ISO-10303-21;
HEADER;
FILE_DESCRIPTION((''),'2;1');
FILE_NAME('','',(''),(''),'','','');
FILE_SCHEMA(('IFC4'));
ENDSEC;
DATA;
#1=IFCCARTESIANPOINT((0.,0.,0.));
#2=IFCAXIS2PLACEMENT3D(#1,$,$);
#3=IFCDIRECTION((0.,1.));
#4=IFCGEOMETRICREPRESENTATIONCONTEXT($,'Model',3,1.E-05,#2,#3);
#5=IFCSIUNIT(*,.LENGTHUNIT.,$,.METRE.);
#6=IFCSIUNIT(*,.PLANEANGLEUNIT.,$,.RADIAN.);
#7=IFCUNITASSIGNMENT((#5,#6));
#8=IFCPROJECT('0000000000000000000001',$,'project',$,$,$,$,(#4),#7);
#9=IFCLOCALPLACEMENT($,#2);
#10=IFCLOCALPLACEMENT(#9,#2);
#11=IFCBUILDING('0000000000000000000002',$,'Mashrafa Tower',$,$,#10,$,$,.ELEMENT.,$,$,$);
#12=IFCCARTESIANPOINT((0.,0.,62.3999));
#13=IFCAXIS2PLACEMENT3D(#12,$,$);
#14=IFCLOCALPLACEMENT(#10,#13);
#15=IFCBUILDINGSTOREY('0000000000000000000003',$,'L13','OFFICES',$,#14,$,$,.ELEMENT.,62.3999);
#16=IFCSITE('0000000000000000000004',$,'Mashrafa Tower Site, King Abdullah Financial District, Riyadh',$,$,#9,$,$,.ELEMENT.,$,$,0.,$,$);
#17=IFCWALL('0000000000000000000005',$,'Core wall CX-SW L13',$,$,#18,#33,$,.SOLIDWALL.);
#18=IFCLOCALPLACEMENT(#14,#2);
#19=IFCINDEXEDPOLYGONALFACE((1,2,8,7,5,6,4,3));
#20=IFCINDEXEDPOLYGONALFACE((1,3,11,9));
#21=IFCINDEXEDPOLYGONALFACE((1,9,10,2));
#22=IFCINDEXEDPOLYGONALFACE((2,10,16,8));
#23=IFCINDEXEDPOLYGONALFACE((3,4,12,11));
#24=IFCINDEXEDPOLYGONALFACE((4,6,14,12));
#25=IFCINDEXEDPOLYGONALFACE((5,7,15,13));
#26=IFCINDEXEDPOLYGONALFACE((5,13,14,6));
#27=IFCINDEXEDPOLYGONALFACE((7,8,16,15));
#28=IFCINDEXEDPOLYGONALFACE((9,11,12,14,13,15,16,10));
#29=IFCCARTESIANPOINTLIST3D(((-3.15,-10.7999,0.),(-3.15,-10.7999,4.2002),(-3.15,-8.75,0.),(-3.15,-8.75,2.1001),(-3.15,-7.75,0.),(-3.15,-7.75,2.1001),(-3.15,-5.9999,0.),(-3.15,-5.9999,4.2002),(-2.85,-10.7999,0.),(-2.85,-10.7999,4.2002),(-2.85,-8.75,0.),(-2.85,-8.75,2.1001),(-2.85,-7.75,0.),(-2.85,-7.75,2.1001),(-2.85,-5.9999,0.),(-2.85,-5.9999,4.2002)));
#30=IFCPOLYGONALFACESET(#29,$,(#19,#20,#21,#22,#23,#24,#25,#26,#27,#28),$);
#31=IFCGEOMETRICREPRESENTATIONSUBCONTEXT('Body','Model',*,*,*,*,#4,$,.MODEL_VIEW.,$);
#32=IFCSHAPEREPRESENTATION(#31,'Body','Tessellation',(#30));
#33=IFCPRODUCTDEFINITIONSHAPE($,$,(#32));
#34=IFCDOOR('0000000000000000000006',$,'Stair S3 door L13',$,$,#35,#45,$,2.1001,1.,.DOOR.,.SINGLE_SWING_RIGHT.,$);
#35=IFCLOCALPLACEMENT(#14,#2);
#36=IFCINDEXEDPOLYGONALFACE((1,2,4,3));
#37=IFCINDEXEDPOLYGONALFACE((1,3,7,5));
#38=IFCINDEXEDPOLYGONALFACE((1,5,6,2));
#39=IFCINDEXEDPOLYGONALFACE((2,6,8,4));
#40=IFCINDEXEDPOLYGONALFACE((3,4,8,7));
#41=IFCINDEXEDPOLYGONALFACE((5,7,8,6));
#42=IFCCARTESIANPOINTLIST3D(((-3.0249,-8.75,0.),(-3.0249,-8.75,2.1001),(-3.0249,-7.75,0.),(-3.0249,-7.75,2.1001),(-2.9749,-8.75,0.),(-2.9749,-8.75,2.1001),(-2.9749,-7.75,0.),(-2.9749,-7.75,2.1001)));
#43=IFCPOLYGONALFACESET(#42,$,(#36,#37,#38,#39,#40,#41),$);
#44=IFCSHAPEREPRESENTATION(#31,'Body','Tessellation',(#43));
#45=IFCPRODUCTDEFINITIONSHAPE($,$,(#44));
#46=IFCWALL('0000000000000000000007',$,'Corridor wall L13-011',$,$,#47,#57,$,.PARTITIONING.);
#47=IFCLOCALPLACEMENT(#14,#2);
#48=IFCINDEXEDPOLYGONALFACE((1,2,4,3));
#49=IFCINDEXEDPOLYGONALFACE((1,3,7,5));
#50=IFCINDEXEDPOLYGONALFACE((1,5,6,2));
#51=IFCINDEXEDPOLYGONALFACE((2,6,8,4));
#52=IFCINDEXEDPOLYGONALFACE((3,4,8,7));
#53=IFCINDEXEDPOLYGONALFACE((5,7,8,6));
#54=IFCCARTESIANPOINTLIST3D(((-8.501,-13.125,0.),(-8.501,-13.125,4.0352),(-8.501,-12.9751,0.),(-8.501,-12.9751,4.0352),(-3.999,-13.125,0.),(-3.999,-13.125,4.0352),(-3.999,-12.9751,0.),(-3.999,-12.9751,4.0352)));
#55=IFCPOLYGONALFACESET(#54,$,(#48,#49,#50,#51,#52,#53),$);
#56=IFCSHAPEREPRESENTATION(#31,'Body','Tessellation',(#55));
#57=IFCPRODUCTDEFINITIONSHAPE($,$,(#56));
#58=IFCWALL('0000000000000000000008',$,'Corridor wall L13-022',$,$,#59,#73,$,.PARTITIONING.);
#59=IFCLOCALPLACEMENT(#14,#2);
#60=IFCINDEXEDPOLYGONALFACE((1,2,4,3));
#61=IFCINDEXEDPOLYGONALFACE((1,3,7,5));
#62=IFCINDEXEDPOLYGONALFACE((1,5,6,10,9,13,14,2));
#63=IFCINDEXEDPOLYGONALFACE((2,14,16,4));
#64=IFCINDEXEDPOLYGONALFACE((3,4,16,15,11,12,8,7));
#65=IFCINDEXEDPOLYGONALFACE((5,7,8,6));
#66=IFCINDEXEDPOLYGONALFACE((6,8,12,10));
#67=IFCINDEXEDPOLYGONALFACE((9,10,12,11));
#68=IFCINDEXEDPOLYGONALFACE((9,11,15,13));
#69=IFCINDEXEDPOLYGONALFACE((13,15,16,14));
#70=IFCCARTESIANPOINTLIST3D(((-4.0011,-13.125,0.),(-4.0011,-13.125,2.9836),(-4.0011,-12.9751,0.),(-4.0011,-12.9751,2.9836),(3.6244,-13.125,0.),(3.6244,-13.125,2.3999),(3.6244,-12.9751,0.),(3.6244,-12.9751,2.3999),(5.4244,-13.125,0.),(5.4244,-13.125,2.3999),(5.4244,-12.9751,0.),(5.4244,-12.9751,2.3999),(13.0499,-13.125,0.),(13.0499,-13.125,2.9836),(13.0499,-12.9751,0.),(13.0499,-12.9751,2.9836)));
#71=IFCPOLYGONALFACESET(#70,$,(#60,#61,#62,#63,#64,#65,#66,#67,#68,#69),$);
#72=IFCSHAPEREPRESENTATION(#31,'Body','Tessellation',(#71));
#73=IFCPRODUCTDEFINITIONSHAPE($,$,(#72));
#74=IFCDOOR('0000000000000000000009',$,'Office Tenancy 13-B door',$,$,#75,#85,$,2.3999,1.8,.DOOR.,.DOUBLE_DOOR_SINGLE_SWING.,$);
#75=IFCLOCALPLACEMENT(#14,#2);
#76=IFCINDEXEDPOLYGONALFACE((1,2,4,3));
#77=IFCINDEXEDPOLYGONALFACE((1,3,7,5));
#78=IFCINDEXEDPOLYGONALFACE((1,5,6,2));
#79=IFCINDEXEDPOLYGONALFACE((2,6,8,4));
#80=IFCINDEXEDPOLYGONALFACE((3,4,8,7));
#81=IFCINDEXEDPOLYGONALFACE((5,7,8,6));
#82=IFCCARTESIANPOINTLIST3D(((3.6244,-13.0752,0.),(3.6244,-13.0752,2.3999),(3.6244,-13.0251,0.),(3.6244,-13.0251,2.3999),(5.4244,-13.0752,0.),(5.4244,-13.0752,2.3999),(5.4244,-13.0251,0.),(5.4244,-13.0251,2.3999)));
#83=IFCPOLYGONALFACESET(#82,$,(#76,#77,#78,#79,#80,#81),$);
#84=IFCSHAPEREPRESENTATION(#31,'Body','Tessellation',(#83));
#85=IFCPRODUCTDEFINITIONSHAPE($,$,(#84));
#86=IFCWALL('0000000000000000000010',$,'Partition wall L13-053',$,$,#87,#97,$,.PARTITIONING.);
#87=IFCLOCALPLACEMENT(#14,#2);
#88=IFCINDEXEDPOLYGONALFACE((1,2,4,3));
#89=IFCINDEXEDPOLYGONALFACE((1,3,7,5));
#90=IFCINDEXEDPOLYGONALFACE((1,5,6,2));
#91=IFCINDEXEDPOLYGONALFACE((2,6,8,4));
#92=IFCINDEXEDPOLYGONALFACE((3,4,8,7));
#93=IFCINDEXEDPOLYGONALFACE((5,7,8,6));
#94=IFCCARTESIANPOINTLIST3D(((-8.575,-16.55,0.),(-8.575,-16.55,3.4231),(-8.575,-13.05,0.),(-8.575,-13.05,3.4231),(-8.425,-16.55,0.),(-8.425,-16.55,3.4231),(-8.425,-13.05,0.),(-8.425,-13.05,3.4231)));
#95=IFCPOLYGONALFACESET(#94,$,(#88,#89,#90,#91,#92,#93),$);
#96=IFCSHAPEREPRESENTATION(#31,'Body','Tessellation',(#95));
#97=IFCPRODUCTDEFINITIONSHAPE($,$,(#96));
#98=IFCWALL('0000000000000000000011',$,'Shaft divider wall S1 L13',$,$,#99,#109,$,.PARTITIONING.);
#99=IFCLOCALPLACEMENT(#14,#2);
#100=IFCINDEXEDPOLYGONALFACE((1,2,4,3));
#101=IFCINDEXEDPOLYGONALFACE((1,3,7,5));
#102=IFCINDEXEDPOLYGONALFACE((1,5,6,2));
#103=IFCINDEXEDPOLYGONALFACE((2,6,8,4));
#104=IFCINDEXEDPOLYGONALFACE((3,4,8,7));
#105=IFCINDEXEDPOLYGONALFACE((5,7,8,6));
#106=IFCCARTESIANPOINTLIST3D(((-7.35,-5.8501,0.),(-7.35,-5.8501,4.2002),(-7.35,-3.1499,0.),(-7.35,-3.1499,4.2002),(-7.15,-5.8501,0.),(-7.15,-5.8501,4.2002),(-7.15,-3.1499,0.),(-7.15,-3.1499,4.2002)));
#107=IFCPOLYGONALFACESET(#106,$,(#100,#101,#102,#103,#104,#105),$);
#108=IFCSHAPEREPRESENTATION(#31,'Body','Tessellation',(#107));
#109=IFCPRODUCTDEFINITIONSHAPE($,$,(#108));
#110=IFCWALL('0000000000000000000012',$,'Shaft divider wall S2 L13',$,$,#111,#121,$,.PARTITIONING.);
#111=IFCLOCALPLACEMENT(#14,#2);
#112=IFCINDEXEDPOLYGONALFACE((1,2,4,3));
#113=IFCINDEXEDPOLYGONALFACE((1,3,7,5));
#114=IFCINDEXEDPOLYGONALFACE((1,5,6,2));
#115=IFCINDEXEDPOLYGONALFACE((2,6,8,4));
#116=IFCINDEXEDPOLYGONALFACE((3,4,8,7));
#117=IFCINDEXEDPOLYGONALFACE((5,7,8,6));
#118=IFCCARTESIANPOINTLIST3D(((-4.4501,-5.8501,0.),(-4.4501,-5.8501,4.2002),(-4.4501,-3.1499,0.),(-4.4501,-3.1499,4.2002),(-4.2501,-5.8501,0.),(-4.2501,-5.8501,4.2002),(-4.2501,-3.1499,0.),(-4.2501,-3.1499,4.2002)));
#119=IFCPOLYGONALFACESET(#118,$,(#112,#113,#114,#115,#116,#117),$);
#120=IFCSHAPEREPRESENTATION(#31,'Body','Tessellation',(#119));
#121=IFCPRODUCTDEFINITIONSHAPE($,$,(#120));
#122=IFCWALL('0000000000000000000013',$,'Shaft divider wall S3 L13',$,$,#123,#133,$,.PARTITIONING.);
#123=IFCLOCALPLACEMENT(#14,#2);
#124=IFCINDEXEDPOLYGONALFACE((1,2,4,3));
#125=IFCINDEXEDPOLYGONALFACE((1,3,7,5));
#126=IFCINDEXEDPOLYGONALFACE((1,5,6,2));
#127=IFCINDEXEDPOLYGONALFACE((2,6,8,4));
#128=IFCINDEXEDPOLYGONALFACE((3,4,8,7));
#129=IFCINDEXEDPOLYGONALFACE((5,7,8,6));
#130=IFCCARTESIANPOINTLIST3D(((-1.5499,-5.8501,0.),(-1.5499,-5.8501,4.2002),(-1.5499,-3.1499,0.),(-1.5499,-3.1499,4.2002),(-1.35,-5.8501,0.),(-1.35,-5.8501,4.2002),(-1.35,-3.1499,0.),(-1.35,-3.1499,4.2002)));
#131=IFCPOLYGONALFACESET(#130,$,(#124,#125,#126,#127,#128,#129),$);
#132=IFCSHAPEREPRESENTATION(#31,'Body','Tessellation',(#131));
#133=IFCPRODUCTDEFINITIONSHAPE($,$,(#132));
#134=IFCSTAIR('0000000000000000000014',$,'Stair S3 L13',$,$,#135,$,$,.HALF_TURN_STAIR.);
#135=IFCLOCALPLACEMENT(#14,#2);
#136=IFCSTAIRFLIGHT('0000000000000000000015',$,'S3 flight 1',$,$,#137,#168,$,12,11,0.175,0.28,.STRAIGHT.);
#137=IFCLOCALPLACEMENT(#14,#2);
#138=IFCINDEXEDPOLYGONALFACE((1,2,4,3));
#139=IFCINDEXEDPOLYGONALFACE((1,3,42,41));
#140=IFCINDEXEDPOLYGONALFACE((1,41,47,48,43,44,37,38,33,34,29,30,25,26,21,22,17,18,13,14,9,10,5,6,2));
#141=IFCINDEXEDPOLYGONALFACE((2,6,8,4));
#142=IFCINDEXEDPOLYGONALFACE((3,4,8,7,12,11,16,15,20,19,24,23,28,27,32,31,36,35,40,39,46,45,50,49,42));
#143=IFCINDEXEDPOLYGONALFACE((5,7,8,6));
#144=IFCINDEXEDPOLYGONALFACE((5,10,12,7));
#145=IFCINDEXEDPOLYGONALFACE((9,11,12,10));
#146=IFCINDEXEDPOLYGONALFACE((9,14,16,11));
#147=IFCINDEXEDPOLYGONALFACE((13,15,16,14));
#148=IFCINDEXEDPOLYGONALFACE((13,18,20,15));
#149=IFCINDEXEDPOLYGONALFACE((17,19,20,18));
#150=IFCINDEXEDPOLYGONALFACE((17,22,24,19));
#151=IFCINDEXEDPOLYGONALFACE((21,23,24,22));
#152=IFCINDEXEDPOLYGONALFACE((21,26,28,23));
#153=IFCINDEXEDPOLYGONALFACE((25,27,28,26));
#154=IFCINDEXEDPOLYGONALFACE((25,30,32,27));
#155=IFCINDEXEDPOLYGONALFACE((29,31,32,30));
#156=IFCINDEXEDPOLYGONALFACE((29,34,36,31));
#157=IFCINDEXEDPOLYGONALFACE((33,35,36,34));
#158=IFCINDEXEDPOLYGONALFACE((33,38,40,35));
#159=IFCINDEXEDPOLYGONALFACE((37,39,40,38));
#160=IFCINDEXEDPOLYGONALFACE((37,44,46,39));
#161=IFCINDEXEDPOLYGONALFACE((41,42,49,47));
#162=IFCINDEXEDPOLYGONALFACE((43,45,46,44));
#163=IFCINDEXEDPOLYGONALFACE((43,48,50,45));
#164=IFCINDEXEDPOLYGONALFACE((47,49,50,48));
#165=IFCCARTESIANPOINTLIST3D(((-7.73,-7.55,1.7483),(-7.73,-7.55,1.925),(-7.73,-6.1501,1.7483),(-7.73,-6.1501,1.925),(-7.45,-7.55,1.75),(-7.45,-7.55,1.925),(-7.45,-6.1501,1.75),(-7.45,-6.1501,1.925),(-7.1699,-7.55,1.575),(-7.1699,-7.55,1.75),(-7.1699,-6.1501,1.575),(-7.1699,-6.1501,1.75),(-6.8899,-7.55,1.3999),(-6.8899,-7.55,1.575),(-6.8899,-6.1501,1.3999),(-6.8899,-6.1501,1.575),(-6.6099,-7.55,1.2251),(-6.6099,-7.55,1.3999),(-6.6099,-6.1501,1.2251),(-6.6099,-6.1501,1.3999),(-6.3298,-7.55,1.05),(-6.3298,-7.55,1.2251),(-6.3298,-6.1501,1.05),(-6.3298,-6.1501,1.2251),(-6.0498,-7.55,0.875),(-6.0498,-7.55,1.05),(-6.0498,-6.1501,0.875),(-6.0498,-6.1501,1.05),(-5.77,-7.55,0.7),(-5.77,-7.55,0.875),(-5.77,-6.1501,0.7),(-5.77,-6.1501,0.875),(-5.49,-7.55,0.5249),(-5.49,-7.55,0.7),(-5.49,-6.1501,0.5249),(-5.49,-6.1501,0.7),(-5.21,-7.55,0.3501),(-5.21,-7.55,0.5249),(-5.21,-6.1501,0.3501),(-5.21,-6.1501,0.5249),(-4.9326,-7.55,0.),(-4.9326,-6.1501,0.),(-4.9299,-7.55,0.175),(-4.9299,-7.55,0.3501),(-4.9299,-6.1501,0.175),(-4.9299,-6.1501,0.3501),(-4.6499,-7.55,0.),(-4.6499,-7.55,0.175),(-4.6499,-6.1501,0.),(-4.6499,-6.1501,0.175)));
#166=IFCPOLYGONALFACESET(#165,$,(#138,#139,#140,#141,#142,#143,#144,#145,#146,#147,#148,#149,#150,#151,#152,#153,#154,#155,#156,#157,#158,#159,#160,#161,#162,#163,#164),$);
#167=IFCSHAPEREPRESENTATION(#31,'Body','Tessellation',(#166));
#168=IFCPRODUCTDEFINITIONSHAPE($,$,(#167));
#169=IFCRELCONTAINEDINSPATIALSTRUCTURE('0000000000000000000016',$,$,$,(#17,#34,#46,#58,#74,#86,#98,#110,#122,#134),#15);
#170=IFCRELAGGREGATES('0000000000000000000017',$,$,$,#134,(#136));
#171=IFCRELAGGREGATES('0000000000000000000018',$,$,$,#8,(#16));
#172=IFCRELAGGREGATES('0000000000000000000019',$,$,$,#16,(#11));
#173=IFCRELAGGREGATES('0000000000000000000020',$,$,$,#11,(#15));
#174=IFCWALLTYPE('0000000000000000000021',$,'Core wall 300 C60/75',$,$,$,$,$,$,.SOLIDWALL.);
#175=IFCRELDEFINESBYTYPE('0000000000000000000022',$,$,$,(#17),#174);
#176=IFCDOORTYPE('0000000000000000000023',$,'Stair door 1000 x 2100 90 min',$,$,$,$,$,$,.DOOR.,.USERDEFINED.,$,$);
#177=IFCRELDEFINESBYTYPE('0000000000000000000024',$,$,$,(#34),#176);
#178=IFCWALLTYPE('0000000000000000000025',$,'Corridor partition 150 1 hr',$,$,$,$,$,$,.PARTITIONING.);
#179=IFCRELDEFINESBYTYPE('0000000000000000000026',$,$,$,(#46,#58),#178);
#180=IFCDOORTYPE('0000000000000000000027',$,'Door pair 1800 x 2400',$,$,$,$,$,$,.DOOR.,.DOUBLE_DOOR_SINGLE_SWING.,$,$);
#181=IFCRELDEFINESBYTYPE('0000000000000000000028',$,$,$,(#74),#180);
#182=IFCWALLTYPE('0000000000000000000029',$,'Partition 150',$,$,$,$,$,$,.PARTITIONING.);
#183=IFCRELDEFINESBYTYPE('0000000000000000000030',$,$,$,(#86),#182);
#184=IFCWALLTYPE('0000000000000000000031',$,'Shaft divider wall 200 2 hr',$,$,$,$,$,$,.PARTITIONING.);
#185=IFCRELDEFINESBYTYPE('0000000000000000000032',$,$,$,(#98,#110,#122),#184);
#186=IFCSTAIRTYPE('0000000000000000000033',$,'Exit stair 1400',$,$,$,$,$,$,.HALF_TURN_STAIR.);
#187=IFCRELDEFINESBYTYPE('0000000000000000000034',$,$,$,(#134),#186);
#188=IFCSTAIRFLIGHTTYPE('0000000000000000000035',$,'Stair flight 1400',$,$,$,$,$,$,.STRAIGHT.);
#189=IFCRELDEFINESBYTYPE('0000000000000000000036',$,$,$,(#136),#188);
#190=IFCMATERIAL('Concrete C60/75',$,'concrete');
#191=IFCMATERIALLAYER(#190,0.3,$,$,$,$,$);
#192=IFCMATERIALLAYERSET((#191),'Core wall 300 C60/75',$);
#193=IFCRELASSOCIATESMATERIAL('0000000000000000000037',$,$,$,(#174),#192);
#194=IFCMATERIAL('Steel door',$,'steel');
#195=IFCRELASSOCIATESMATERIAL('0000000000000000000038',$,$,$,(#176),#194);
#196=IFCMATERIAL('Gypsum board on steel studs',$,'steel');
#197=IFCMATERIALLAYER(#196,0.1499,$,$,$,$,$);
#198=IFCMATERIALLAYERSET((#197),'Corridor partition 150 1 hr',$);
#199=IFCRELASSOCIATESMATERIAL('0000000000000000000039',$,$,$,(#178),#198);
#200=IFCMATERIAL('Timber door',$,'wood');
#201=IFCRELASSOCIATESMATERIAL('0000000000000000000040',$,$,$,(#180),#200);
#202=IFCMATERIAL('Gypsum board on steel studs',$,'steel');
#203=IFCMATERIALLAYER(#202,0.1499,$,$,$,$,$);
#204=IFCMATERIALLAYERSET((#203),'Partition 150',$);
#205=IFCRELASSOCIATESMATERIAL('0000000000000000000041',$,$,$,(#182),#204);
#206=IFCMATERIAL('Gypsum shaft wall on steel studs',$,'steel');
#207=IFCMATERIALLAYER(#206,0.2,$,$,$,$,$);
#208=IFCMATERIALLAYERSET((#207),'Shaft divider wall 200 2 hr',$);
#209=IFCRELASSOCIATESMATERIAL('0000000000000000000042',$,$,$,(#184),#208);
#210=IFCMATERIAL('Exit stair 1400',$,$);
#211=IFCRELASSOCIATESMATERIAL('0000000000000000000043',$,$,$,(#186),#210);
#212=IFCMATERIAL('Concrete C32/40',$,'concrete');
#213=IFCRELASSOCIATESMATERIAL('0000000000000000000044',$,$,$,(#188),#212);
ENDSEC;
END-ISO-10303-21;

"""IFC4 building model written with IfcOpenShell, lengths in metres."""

from ifc_helpers import new_model, si_unit, direction, frame, frame_2d, origin, place, context, subcontext, project, spatial, polyline, rectangle, outline, extrude, material, layer, layer_set, type_object, element, fill, aggregate, save


model = new_model("IFC4")

# Units and contexts
model_context = context("Model", 3, precision=1e-05, world=origin(), true_north=direction((0.0, 1.0)))
body_context = subcontext(model_context, "Body", "Model", "MODEL_VIEW")
ifc_project = project(units=[si_unit("LENGTHUNIT", "METRE"), si_unit("PLANEANGLEUNIT", "RADIAN")], contexts=[model_context])

# Site, building, storey
site_placement = place(None, origin())
site = spatial("IfcSite", under=ifc_project, at=site_placement, Name="Mashrafa Tower Site, King Abdullah Financial District, Riyadh", CompositionType="ELEMENT", RefElevation=0.0)
building_placement = place(site_placement, origin())
building = spatial("IfcBuilding", under=site, at=building_placement, Name="Mashrafa Tower", CompositionType="ELEMENT")
storey_placement = place(building_placement, frame((0.0, 0.0, 62.3999)))
storey = spatial("IfcBuildingStorey", under=building, at=storey_placement, Name="L13", Description="OFFICES", CompositionType="ELEMENT", Elevation=62.3999)

# Shared definitions
ifc_material_1 = material(Name="Concrete C60/75", Category="concrete")
ifc_layer_1 = layer(ifc_material_1, 0.3)
ifc_layer_set_1 = layer_set([ifc_layer_1], Name="Core wall 300 C60/75")
wall_type_1 = type_object("IfcWallType", Name="Core wall 300 C60/75", PredefinedType="SOLIDWALL", material=ifc_layer_set_1)

# Wall, opening, door
wall_1_placement = place(storey_placement, frame((-3.0, -6.0, 0.0), z_axis=(0.0, 0.0, 1.0), x_axis=(0.0, -1.0, 0.0)))
wall_1 = element("IfcWall", 1, at=wall_1_placement, inside=storey, type_object=wall_type_1, Name="Core wall CX-SW L13", PredefinedType="SOLIDWALL", context=body_context, shape_type="SweptSolid", body=[
    extrude(rectangle(XDim=4.8, YDim=0.3, at=frame_2d((2.3999, 0.0))), origin(), (0.0, 0.0, 1.0), 4.2002),
])
opening_1_placement = place(wall_1_placement, frame((1.75, 0.0, 0.0)))
opening_1 = element("IfcOpeningElement", 2, at=opening_1_placement, cuts=wall_1, PredefinedType="OPENING", context=body_context, shape_type="SweptSolid", body=[
    extrude(rectangle(XDim=1.0, YDim=2.1001, at=frame_2d((0.5, 1.05))), frame((0.0, 0.1599, 0.0), z_axis=(0.0, -1.0, 0.0), x_axis=(1.0, 0.0, 0.0)), (0.0, 0.0, 1.0), 0.3201),
])
ifc_material_2 = material(Name="Steel door", Category="steel")
door_type_1 = type_object("IfcDoorType", Name="Stair door 1000 x 2100 90 min", OperationType="USERDEFINED", PredefinedType="DOOR", material=ifc_material_2)
door_1_placement = place(opening_1_placement, frame((1.0, 0.0, 0.0), z_axis=(0.0, 0.0, 1.0), x_axis=(-1.0, 0.0, 0.0)))
door_1 = element("IfcDoor", 3, at=door_1_placement, inside=storey, type_object=door_type_1, Name="Stair S3 door L13", OperationType="SINGLE_SWING_RIGHT", OverallHeight=2.1001, OverallWidth=1.0, PredefinedType="DOOR", context=body_context, shape_type="SweptSolid", body=[
    extrude(rectangle(XDim=1.0, YDim=2.1001, at=frame_2d((0.5, 1.05))), frame((0.0, 0.0249, 0.0), z_axis=(0.0, -1.0, 0.0), x_axis=(1.0, 0.0, 0.0)), (0.0, 0.0, 1.0), 0.05),
])
fill(opening_1, door_1)

# Wall
ifc_material_3 = material(Name="Gypsum board on steel studs", Category="steel")
ifc_layer_2 = layer(ifc_material_3, 0.1499)
ifc_layer_set_2 = layer_set([ifc_layer_2], Name="Corridor partition 150 1 hr")
wall_type_2 = type_object("IfcWallType", Name="Corridor partition 150 1 hr", PredefinedType="PARTITIONING", material=ifc_layer_set_2)
wall_2_placement = place(storey_placement, frame((-8.501, -13.05, 0.0), z_axis=(0.0, 0.0, 1.0), x_axis=(1.0, 0.0, 0.0)))
element("IfcWall", 4, at=wall_2_placement, inside=storey, type_object=wall_type_2, Name="Corridor wall L13-011", PredefinedType="PARTITIONING", context=body_context, shape_type="SweptSolid", body=[
    extrude(rectangle(XDim=4.502, YDim=0.1499, at=frame_2d((2.251, 0.0))), origin(), (0.0, 0.0, 1.0), 4.0352),
])

# Wall, opening, door
wall_3_placement = place(storey_placement, frame((-4.001, -13.05, 0.0), z_axis=(0.0, 0.0, 1.0), x_axis=(1.0, 0.0, 0.0)))
wall_3 = element("IfcWall", 5, at=wall_3_placement, inside=storey, type_object=wall_type_2, Name="Corridor wall L13-022", PredefinedType="PARTITIONING", context=body_context, shape_type="SweptSolid", body=[
    extrude(rectangle(XDim=17.051, YDim=0.1499, at=frame_2d((8.5254, 0.0))), origin(), (0.0, 0.0, 1.0), 2.9836),
])
opening_2_placement = place(wall_3_placement, frame((7.6255, 0.0, 0.0)))
opening_2 = element("IfcOpeningElement", 6, at=opening_2_placement, cuts=wall_3, PredefinedType="OPENING", context=body_context, shape_type="SweptSolid", body=[
    extrude(rectangle(XDim=1.8, YDim=2.3999, at=frame_2d((0.8999, 1.2))), frame((0.0, 0.085, 0.0), z_axis=(0.0, -1.0, 0.0), x_axis=(1.0, 0.0, 0.0)), (0.0, 0.0, 1.0), 0.1699),
])
ifc_material_4 = material(Name="Timber door", Category="wood")
door_type_2 = type_object("IfcDoorType", Name="Door pair 1800 x 2400", OperationType="DOUBLE_DOOR_SINGLE_SWING", PredefinedType="DOOR", material=ifc_material_4)
door_2_placement = place(opening_2_placement, origin())
door_2 = element("IfcDoor", 7, at=door_2_placement, inside=storey, type_object=door_type_2, Name="Office Tenancy 13-B door", OperationType="DOUBLE_DOOR_SINGLE_SWING", OverallHeight=2.3999, OverallWidth=1.8, PredefinedType="DOOR", context=body_context, shape_type="SweptSolid", body=[
    extrude(rectangle(XDim=1.8, YDim=2.3999, at=frame_2d((0.8999, 1.2))), frame((0.0, 0.0249, 0.0), z_axis=(0.0, -1.0, 0.0), x_axis=(1.0, 0.0, 0.0)), (0.0, 0.0, 1.0), 0.05),
])
fill(opening_2, door_2)

# Walls
ifc_material_5 = material(Name="Gypsum board on steel studs", Category="steel")
ifc_layer_3 = layer(ifc_material_5, 0.1499)
ifc_layer_set_3 = layer_set([ifc_layer_3], Name="Partition 150")
wall_type_3 = type_object("IfcWallType", Name="Partition 150", PredefinedType="PARTITIONING", material=ifc_layer_set_3)
wall_4_placement = place(storey_placement, frame((-8.5, -13.05, 0.0), z_axis=(0.0, 0.0, 1.0), x_axis=(0.0, -1.0, 0.0)))
element("IfcWall", 8, at=wall_4_placement, inside=storey, type_object=wall_type_3, Name="Partition wall L13-053", PredefinedType="PARTITIONING", context=body_context, shape_type="SweptSolid", body=[
    extrude(rectangle(XDim=3.5, YDim=0.1499, at=frame_2d((1.75, 0.0))), origin(), (0.0, 0.0, 1.0), 3.4231),
])
ifc_material_6 = material(Name="Gypsum shaft wall on steel studs", Category="steel")
ifc_layer_4 = layer(ifc_material_6, 0.2)
ifc_layer_set_4 = layer_set([ifc_layer_4], Name="Shaft divider wall 200 2 hr")
wall_type_4 = type_object("IfcWallType", Name="Shaft divider wall 200 2 hr", PredefinedType="PARTITIONING", material=ifc_layer_set_4)
for number, where, z_axis, x_axis, name in (
    (9, (-7.25, -5.8501, 0.0), (0.0, 0.0, 1.0), (0.0, 1.0, 0.0), "Shaft divider wall S1 L13"),
    (10, (-4.3501, -5.8501, 0.0), (0.0, 0.0, 1.0), (0.0, 1.0, 0.0), "Shaft divider wall S2 L13"),
    (11, (-1.45, -5.8501, 0.0), (0.0, 0.0, 1.0), (0.0, 1.0, 0.0), "Shaft divider wall S3 L13"),
):
    element("IfcWall", number, at=place(storey_placement, frame(where, z_axis=z_axis, x_axis=x_axis)), inside=storey, type_object=wall_type_4, Name=name, PredefinedType="PARTITIONING", context=body_context, shape_type="SweptSolid", body=[
        extrude(rectangle(XDim=2.7002, YDim=0.2, at=frame_2d((1.3501, 0.0))), origin(), (0.0, 0.0, 1.0), 4.2002),
    ])

# Stair, stair flight
ifc_material_7 = material(Name="Exit stair 1400")
stair_type = type_object("IfcStairType", Name="Exit stair 1400", PredefinedType="HALF_TURN_STAIR", material=ifc_material_7)
stair_placement = place(storey_placement, origin())
stair = element("IfcStair", 12, at=stair_placement, inside=storey, type_object=stair_type, Name="Stair S3 L13", PredefinedType="HALF_TURN_STAIR")
ifc_material_8 = material(Name="Concrete C32/40", Category="concrete")
stair_flight_type = type_object("IfcStairFlightType", Name="Stair flight 1400", PredefinedType="STRAIGHT", material=ifc_material_8)
stair_flight_1_placement = place(storey_placement, frame((-4.6499, -6.8501, 0.0), z_axis=(0.0, 0.0, 1.0), x_axis=(-1.0, 0.0, 0.0)))
stair_flight_1 = element("IfcStairFlight", 13, at=stair_flight_1_placement, type_object=stair_flight_type, Name="S3 flight 1", NumberOfRisers=12, NumberOfTreads=11, PredefinedType="STRAIGHT", RiserHeight=0.175, TreadLength=0.28, context=body_context, shape_type="SweptSolid", body=[
    extrude(outline(polyline([(0.0, 0.0), (0.0, 0.175), (0.28, 0.175), (0.28, 0.3501), (0.5601, 0.3501), (0.5601, 0.5249), (0.8401, 0.5249), (0.8401, 0.7), (1.1201, 0.7), (1.1201, 0.875), (1.3999, 0.875), (1.3999, 1.05), (1.6799, 1.05), (1.6799, 1.2251), (1.96, 1.2251), (1.96, 1.3999), (2.24, 1.3999), (2.24, 1.575), (2.52, 1.575), (2.52, 1.75), (2.8, 1.75), (2.8, 1.925), (3.0801, 1.925), (3.0801, 2.1001), (3.0801, 1.7483), (0.2827, 0.0), (0.0, 0.0)])), frame((0.0, 0.7, 0.0), z_axis=(0.0, -1.0, 0.0), x_axis=(1.0, 0.0, 0.0)), (0.0, 0.0, 1.0), 1.3999),
])
aggregate(stair, [stair_flight_1])

save(model, "model.ifc")
